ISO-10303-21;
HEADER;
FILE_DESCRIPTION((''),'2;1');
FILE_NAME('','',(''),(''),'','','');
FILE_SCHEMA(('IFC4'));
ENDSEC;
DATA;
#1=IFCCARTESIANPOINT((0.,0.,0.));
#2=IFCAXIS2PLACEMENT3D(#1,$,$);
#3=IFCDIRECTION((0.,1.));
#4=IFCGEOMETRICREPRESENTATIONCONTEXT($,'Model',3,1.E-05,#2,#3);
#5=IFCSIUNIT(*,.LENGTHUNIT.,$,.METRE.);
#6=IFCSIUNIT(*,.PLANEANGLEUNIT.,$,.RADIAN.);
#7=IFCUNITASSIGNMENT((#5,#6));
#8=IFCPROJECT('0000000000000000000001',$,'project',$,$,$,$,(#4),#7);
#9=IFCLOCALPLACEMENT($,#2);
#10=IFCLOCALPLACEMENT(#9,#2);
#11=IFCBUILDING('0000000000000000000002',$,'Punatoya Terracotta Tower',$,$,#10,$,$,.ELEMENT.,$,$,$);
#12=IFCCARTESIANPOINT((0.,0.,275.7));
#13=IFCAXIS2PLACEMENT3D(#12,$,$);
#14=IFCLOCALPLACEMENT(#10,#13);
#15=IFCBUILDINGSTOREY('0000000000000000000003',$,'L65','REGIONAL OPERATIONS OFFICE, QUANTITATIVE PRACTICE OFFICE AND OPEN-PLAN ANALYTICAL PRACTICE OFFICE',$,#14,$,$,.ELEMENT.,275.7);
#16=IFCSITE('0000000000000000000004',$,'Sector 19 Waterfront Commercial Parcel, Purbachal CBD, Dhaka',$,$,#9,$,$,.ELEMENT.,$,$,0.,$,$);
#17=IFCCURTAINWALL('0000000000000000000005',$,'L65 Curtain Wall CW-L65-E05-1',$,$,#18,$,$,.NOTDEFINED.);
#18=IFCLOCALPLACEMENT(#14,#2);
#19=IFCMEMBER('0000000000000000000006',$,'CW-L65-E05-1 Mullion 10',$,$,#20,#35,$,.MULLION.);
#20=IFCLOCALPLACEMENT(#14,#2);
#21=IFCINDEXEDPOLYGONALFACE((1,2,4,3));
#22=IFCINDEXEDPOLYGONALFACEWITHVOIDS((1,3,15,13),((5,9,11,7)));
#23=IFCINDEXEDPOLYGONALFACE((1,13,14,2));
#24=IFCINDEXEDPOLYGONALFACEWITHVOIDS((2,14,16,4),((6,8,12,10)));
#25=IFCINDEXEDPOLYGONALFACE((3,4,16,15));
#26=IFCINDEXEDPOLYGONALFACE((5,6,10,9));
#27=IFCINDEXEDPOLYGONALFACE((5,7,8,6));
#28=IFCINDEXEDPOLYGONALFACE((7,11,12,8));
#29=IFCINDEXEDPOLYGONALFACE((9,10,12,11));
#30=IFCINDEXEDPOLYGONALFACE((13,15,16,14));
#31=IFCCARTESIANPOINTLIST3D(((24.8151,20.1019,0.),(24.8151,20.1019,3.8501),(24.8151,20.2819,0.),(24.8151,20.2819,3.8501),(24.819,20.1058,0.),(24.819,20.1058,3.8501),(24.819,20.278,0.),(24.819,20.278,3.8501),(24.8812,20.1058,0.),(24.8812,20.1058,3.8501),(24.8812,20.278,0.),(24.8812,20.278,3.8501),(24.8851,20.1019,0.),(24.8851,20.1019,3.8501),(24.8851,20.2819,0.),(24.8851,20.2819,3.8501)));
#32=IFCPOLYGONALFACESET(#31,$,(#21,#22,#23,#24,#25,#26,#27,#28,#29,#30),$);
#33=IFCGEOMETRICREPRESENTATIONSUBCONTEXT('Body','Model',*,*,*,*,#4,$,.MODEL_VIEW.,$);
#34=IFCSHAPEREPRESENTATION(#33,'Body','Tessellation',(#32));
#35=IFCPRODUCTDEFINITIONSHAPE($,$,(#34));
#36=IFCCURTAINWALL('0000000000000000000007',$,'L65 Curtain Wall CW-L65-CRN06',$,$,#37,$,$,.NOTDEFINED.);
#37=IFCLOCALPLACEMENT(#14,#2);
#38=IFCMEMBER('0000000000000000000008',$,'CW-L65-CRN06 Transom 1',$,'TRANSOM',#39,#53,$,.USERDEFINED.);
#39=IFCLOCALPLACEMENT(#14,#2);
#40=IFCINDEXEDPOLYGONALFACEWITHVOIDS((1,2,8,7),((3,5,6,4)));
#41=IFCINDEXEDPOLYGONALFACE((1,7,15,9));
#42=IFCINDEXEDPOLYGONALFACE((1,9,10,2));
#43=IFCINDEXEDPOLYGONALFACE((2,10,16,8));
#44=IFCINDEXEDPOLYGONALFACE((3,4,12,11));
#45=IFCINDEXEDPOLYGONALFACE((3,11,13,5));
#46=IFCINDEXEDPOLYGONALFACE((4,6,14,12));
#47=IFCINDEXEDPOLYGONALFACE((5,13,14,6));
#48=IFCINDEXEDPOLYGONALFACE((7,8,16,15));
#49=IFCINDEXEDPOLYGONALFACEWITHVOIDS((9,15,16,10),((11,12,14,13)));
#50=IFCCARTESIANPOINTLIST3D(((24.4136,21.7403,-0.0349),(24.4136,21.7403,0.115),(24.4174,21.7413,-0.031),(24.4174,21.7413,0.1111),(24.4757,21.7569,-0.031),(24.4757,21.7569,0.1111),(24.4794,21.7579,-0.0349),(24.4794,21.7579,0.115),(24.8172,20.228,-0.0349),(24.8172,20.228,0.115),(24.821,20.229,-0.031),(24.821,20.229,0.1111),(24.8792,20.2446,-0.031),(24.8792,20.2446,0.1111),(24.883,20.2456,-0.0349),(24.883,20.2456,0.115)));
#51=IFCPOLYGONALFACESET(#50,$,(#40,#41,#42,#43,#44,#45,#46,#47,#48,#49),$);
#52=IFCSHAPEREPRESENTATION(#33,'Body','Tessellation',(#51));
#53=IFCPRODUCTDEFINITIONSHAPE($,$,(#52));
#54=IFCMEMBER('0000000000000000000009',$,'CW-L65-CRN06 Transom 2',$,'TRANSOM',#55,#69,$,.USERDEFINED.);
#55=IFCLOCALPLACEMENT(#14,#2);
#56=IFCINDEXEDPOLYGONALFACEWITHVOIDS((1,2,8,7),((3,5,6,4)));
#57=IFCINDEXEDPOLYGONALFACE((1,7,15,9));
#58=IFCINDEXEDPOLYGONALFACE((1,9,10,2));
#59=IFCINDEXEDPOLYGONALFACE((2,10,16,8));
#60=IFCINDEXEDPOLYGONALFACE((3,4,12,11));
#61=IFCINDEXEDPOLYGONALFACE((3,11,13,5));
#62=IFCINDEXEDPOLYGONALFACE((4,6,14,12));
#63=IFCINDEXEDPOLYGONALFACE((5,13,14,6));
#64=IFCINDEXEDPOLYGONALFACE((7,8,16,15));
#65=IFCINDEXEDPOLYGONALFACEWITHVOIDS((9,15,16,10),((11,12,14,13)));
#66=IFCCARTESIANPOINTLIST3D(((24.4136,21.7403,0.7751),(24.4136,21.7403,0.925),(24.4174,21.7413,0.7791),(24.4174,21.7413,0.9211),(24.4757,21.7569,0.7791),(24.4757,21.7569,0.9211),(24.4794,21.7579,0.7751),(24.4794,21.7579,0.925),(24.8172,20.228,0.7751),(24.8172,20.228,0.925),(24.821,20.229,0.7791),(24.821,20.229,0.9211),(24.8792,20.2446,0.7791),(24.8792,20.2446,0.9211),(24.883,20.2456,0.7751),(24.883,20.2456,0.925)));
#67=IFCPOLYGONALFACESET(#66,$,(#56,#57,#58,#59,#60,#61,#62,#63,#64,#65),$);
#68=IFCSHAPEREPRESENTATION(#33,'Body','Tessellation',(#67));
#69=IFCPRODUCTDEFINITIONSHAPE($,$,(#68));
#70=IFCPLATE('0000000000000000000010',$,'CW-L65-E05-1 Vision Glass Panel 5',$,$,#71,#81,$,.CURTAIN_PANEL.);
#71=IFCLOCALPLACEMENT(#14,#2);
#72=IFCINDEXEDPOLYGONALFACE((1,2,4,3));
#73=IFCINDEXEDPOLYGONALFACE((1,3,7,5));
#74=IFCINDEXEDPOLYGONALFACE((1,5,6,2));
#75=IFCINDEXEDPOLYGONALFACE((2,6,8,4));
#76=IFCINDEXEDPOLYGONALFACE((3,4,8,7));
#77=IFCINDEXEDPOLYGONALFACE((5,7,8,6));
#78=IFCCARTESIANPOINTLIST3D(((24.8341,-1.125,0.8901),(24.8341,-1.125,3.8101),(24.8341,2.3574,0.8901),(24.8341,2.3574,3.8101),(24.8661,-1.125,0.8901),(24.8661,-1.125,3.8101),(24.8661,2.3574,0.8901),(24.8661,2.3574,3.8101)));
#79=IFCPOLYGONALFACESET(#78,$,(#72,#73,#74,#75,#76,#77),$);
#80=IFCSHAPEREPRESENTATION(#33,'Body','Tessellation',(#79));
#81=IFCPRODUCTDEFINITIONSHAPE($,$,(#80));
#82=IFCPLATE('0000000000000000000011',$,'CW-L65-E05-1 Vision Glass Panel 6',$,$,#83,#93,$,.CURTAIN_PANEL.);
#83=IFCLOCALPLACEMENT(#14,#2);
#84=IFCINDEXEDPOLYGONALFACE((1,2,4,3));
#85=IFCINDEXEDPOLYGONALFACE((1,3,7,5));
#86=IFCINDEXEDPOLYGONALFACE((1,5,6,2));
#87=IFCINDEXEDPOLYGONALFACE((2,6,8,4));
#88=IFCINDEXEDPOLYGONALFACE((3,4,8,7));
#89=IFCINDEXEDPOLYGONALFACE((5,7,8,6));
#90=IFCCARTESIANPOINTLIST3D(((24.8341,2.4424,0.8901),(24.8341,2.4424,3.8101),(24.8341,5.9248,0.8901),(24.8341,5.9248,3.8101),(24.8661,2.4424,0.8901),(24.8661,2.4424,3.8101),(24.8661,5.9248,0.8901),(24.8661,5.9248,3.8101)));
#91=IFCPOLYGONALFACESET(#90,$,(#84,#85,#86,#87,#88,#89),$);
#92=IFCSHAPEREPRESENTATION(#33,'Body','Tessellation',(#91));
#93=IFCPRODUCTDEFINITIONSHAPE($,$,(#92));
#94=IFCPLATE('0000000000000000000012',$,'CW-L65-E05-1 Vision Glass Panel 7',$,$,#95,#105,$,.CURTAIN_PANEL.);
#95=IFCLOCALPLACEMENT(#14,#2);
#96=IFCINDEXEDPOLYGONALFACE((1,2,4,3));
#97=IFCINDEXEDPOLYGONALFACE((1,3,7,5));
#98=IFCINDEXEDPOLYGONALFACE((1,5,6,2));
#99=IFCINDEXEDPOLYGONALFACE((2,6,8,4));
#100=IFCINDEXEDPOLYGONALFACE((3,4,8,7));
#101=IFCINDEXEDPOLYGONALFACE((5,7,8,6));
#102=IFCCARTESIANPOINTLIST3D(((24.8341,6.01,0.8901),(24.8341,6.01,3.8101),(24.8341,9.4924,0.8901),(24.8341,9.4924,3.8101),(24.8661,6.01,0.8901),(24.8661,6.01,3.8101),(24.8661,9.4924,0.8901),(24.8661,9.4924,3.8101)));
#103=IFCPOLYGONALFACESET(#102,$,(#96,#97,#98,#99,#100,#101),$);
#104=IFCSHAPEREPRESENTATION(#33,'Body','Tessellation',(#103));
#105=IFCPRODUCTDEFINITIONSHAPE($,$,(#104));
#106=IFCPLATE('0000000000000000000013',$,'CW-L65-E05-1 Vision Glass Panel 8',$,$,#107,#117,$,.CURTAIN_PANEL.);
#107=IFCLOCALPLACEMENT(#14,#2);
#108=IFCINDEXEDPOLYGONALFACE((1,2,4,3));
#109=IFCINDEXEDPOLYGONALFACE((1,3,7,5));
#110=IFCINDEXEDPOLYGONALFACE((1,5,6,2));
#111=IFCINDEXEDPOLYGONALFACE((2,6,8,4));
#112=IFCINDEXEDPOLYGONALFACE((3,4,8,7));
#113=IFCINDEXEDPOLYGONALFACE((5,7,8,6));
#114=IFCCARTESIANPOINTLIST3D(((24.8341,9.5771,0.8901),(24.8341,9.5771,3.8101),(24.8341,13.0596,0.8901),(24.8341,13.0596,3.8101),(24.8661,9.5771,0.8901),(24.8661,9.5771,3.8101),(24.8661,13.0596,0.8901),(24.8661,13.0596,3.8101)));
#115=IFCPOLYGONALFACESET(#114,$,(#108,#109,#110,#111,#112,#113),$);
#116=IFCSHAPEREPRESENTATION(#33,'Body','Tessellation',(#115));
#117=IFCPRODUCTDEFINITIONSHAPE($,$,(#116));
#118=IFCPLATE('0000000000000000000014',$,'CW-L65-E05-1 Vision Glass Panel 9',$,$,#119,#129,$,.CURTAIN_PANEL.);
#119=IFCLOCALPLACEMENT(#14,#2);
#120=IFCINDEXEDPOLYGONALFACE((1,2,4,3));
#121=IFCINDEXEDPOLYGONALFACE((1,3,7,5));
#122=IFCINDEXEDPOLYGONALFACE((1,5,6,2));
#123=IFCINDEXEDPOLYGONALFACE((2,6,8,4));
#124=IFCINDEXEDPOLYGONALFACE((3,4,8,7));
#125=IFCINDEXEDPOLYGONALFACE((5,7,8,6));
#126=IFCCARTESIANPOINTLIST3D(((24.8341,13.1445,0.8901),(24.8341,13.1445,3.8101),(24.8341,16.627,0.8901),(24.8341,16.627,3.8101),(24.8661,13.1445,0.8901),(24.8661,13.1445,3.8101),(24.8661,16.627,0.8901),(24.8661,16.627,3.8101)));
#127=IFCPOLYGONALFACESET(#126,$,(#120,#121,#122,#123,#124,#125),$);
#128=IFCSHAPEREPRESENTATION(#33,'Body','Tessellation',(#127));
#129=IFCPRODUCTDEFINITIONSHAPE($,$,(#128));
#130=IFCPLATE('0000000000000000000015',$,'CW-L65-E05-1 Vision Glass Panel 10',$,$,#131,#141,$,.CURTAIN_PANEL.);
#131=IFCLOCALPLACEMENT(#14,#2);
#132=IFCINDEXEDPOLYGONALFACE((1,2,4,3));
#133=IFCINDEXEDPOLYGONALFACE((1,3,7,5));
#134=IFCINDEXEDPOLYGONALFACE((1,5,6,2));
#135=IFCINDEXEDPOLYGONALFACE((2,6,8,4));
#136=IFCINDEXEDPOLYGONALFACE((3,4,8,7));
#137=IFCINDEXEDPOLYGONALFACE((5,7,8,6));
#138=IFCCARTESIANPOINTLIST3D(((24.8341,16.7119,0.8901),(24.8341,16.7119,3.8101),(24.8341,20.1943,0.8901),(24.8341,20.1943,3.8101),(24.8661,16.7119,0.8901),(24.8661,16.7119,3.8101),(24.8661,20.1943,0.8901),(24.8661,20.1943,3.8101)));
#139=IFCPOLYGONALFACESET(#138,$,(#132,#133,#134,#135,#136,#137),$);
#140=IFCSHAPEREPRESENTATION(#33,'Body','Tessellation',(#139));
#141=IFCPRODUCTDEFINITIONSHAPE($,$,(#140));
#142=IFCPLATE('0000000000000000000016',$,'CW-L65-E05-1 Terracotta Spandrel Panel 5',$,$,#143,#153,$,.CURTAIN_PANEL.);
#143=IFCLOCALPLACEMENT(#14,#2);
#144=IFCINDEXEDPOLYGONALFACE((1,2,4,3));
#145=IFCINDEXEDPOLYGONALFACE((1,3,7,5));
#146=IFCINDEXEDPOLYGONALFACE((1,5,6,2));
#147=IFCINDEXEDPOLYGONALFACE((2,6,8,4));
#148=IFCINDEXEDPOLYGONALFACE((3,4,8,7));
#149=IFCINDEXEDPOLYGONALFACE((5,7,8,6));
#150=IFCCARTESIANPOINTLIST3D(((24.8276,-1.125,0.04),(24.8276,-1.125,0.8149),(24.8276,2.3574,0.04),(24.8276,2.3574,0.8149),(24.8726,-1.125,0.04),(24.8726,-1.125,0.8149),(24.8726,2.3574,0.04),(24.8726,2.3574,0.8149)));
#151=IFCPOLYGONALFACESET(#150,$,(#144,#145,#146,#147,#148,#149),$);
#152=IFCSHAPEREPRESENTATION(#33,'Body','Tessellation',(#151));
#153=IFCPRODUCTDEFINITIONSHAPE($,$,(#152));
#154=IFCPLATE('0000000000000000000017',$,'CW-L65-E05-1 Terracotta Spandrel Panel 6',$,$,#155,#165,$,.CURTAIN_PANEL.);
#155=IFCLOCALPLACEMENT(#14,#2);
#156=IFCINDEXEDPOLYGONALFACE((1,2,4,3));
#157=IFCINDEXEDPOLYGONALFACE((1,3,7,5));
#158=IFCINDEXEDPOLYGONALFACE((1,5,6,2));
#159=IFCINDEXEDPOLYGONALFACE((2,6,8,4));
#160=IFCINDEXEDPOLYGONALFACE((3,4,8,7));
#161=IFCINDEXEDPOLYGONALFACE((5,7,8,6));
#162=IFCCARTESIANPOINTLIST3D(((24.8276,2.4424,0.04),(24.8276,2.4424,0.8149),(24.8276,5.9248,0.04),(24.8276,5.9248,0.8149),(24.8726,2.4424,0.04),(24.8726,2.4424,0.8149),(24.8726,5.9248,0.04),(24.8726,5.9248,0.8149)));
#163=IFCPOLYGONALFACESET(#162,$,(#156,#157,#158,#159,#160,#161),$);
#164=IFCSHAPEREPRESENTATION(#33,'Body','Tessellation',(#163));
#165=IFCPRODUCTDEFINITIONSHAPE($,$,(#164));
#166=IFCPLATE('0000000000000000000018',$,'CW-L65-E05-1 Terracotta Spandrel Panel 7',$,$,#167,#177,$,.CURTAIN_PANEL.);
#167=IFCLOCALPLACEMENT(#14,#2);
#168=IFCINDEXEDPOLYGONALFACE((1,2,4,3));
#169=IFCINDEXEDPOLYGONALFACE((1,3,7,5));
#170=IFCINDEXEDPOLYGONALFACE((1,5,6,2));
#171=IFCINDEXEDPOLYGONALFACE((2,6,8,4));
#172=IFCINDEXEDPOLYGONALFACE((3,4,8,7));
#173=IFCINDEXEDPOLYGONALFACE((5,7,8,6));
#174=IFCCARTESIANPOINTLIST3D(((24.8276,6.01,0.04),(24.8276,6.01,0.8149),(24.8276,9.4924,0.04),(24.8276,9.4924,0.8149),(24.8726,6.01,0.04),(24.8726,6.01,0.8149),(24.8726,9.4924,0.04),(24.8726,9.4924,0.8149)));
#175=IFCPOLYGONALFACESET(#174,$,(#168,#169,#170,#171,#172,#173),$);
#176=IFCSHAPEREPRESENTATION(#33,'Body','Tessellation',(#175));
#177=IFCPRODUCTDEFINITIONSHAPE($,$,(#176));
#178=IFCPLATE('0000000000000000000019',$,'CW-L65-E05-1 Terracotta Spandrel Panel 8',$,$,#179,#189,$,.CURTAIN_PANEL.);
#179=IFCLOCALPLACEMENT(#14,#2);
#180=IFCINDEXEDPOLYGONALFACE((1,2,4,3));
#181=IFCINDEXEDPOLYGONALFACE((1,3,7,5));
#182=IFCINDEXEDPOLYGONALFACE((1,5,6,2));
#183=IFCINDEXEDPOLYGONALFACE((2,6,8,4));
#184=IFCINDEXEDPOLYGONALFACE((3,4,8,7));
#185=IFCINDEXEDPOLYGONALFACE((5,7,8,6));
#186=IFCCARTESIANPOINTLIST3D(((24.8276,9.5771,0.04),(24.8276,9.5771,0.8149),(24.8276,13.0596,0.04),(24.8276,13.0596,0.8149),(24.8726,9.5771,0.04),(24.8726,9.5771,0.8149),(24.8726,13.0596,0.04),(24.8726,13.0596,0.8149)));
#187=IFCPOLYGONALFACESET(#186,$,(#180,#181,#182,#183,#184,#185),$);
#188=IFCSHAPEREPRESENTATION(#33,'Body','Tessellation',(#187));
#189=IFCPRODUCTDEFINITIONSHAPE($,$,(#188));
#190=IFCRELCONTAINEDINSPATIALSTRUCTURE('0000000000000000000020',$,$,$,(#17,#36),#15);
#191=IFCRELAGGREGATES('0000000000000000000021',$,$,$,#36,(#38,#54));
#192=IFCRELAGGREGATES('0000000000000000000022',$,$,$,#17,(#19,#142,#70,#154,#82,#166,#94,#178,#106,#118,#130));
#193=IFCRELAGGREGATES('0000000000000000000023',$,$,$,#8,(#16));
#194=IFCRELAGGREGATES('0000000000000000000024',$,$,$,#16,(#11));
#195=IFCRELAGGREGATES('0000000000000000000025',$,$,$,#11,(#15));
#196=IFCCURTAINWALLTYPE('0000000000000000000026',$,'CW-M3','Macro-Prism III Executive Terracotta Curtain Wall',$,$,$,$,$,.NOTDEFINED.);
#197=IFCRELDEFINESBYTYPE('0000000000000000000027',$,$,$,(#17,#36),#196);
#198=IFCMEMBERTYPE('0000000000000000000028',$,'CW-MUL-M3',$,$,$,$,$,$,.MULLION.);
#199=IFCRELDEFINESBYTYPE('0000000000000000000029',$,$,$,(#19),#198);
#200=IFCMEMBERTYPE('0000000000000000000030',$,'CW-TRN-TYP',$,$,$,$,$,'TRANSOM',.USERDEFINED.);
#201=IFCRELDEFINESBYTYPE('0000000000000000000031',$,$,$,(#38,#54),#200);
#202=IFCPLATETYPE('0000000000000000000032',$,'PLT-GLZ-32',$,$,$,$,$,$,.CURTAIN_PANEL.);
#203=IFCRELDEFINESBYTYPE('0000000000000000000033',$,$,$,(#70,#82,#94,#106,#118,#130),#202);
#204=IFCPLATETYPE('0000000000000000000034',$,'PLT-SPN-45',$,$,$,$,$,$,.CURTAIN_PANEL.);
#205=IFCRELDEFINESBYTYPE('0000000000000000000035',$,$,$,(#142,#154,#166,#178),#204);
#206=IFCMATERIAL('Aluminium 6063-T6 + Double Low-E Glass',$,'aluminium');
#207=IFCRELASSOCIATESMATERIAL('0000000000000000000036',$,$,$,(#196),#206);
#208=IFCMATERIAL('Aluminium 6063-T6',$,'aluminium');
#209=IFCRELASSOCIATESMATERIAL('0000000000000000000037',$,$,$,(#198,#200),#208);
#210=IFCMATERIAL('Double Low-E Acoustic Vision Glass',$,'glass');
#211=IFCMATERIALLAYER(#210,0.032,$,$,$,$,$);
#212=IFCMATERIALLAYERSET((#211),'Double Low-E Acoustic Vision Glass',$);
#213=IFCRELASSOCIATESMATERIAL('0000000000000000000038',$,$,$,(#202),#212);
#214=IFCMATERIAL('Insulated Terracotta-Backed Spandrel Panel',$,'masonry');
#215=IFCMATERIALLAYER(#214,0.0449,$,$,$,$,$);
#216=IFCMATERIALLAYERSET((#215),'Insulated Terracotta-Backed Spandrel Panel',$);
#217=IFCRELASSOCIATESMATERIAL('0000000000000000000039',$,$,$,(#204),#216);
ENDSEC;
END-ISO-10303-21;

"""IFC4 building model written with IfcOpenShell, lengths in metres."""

from ifc_helpers import new_model, si_unit, direction, frame, origin, origin_2d, place, context, subcontext, project, spatial, rectangle, hollow_rectangle, extrude, material, layer, layer_set, material_profile, profile_set, type_object, element, aggregate, save


model = new_model("IFC4")

# Units and contexts
model_context = context("Model", 3, precision=1e-05, world=origin(), true_north=direction((0.0, 1.0)))
body_context = subcontext(model_context, "Body", "Model", "MODEL_VIEW")
ifc_project = project(units=[si_unit("LENGTHUNIT", "METRE"), si_unit("PLANEANGLEUNIT", "RADIAN")], contexts=[model_context])

# Site, building, storey
site_placement = place(None, origin())
site = spatial("IfcSite", under=ifc_project, at=site_placement, Name="Sector 19 Waterfront Commercial Parcel, Purbachal CBD, Dhaka", CompositionType="ELEMENT", RefElevation=0.0)
building_placement = place(site_placement, origin())
building = spatial("IfcBuilding", under=site, at=building_placement, Name="Punatoya Terracotta Tower", CompositionType="ELEMENT")
storey_placement = place(building_placement, frame((0.0, 0.0, 275.7)))
storey = spatial("IfcBuildingStorey", under=building, at=storey_placement, Name="L65", Description="REGIONAL OPERATIONS OFFICE, QUANTITATIVE PRACTICE OFFICE AND OPEN-PLAN ANALYTICAL PRACTICE OFFICE", CompositionType="ELEMENT", Elevation=275.7)

# Curtain walls, members
ifc_material_1 = material(Name="Aluminium 6063-T6 + Double Low-E Glass", Category="aluminium")
curtain_wall_type = type_object("IfcCurtainWallType", Name="CW-M3", Description="Macro-Prism III Executive Terracotta Curtain Wall", PredefinedType="NOTDEFINED", material=ifc_material_1)
curtain_wall_1_placement = place(storey_placement, origin())
curtain_wall_1 = element("IfcCurtainWall", 1, at=curtain_wall_1_placement, inside=storey, type_object=curtain_wall_type, Name="L65 Curtain Wall CW-L65-E05-1", PredefinedType="NOTDEFINED")
ifc_material_2 = material(Name="Aluminium 6063-T6", Category="aluminium")
ifc_material_profile_1 = material_profile(ifc_material_2, hollow_rectangle(XDim=0.0701, YDim=0.1799, WallThickness=0.0039, at=origin_2d()))
ifc_profile_set_1 = profile_set([ifc_material_profile_1], Name="Aluminium 6063-T6")
member_type_1 = type_object("IfcMemberType", Name="CW-MUL-M3", PredefinedType="MULLION", material=ifc_profile_set_1)
member_1_placement = place(storey_placement, frame((24.8501, 20.1919, 0.0), z_axis=(0.0, 0.0, 1.0), x_axis=(1.0, 0.0, 0.0)))
member_1 = element("IfcMember", 2, at=member_1_placement, type_object=member_type_1, Name="CW-L65-E05-1 Mullion 10", PredefinedType="MULLION", context=body_context, shape_type="SweptSolid", body=[
    extrude(hollow_rectangle(XDim=0.0701, YDim=0.1799, WallThickness=0.0039, at=origin_2d()), origin(), (0.0, 0.0, 1.0), 3.8501),
])
curtain_wall_2_placement = place(storey_placement, origin())
curtain_wall_2 = element("IfcCurtainWall", 3, at=curtain_wall_2_placement, inside=storey, type_object=curtain_wall_type, Name="L65 Curtain Wall CW-L65-CRN06", PredefinedType="NOTDEFINED")
ifc_material_profile_2 = material_profile(ifc_material_2, hollow_rectangle(XDim=0.0681, YDim=0.1499, WallThickness=0.0039, at=origin_2d()))
ifc_profile_set_2 = profile_set([ifc_material_profile_2], Name="Aluminium 6063-T6")
member_type_2 = type_object("IfcMemberType", Name="CW-TRN-TYP", ElementType="TRANSOM", PredefinedType="USERDEFINED", material=ifc_profile_set_2)
member_2_placement = place(storey_placement, frame((24.8501, 20.2368, 0.04), z_axis=(-0.257847, 0.966186, 0.0), x_axis=(-0.966186, -0.257847, 0.0)))
member_2 = element("IfcMember", 4, at=member_2_placement, type_object=member_type_2, Name="CW-L65-CRN06 Transom 1", ObjectType="TRANSOM", PredefinedType="USERDEFINED", context=body_context, shape_type="SweptSolid", body=[
    extrude(hollow_rectangle(XDim=0.0681, YDim=0.1499, WallThickness=0.0039, at=origin_2d()), origin(), (0.0, 0.0, 1.0), 1.5652),
])
member_3_placement = place(storey_placement, frame((24.8501, 20.2368, 0.8501), z_axis=(-0.257847, 0.966186, 0.0), x_axis=(-0.966186, -0.257847, 0.0)))
member_3 = element("IfcMember", 5, at=member_3_placement, type_object=member_type_2, Name="CW-L65-CRN06 Transom 2", ObjectType="TRANSOM", PredefinedType="USERDEFINED", context=body_context, shape_type="SweptSolid", body=[
    extrude(hollow_rectangle(XDim=0.0681, YDim=0.1499, WallThickness=0.0039, at=origin_2d()), origin(), (0.0, 0.0, 1.0), 1.5652),
])
aggregate(curtain_wall_2, [member_2, member_3])

# Plates
ifc_material_3 = material(Name="Double Low-E Acoustic Vision Glass", Category="glass")
ifc_layer_1 = layer(ifc_material_3, 0.032)
ifc_layer_set_1 = layer_set([ifc_layer_1], Name="Double Low-E Acoustic Vision Glass")
plate_type_1 = type_object("IfcPlateType", Name="PLT-GLZ-32", PredefinedType="CURTAIN_PANEL", material=ifc_layer_set_1)
plate_1_placement = place(storey_placement, frame((24.8501, 0.6162, 0.8901), z_axis=(0.0, 0.0, 1.0), x_axis=(0.0, 1.0, 0.0)))
plate_1 = element("IfcPlate", 6, at=plate_1_placement, type_object=plate_type_1, Name="CW-L65-E05-1 Vision Glass Panel 5", PredefinedType="CURTAIN_PANEL", context=body_context, shape_type="SweptSolid", body=[
    extrude(rectangle(XDim=3.4824, YDim=0.032, at=origin_2d()), origin(), (0.0, 0.0, 1.0), 2.9199),
])
plate_2_placement = place(storey_placement, frame((24.8501, 4.1836, 0.8901), z_axis=(0.0, 0.0, 1.0), x_axis=(0.0, 1.0, 0.0)))
plate_2 = element("IfcPlate", 7, at=plate_2_placement, type_object=plate_type_1, Name="CW-L65-E05-1 Vision Glass Panel 6", PredefinedType="CURTAIN_PANEL", context=body_context, shape_type="SweptSolid", body=[
    extrude(rectangle(XDim=3.4824, YDim=0.032, at=origin_2d()), origin(), (0.0, 0.0, 1.0), 2.9199),
])
plate_3_placement = place(storey_placement, frame((24.8501, 7.7512, 0.8901), z_axis=(0.0, 0.0, 1.0), x_axis=(0.0, 1.0, 0.0)))
plate_3 = element("IfcPlate", 8, at=plate_3_placement, type_object=plate_type_1, Name="CW-L65-E05-1 Vision Glass Panel 7", PredefinedType="CURTAIN_PANEL", context=body_context, shape_type="SweptSolid", body=[
    extrude(rectangle(XDim=3.4824, YDim=0.032, at=origin_2d()), origin(), (0.0, 0.0, 1.0), 2.9199),
])
plate_4_placement = place(storey_placement, frame((24.8501, 11.3184, 0.8901), z_axis=(0.0, 0.0, 1.0), x_axis=(0.0, 1.0, 0.0)))
plate_4 = element("IfcPlate", 9, at=plate_4_placement, type_object=plate_type_1, Name="CW-L65-E05-1 Vision Glass Panel 8", PredefinedType="CURTAIN_PANEL", context=body_context, shape_type="SweptSolid", body=[
    extrude(rectangle(XDim=3.4824, YDim=0.032, at=origin_2d()), origin(), (0.0, 0.0, 1.0), 2.9199),
])
plate_5_placement = place(storey_placement, frame((24.8501, 14.8857, 0.8901), z_axis=(0.0, 0.0, 1.0), x_axis=(0.0, 1.0, 0.0)))
plate_5 = element("IfcPlate", 10, at=plate_5_placement, type_object=plate_type_1, Name="CW-L65-E05-1 Vision Glass Panel 9", PredefinedType="CURTAIN_PANEL", context=body_context, shape_type="SweptSolid", body=[
    extrude(rectangle(XDim=3.4824, YDim=0.032, at=origin_2d()), origin(), (0.0, 0.0, 1.0), 2.9199),
])
plate_6_placement = place(storey_placement, frame((24.8501, 18.4531, 0.8901), z_axis=(0.0, 0.0, 1.0), x_axis=(0.0, 1.0, 0.0)))
plate_6 = element("IfcPlate", 11, at=plate_6_placement, type_object=plate_type_1, Name="CW-L65-E05-1 Vision Glass Panel 10", PredefinedType="CURTAIN_PANEL", context=body_context, shape_type="SweptSolid", body=[
    extrude(rectangle(XDim=3.4824, YDim=0.032, at=origin_2d()), origin(), (0.0, 0.0, 1.0), 2.9199),
])
ifc_material_4 = material(Name="Insulated Terracotta-Backed Spandrel Panel", Category="masonry")
ifc_layer_2 = layer(ifc_material_4, 0.0449)
ifc_layer_set_2 = layer_set([ifc_layer_2], Name="Insulated Terracotta-Backed Spandrel Panel")
plate_type_2 = type_object("IfcPlateType", Name="PLT-SPN-45", PredefinedType="CURTAIN_PANEL", material=ifc_layer_set_2)
plate_7_placement = place(storey_placement, frame((24.8501, 0.6162, 0.04), z_axis=(0.0, 0.0, 1.0), x_axis=(0.0, 1.0, 0.0)))
plate_7 = element("IfcPlate", 12, at=plate_7_placement, type_object=plate_type_2, Name="CW-L65-E05-1 Terracotta Spandrel Panel 5", PredefinedType="CURTAIN_PANEL", context=body_context, shape_type="SweptSolid", body=[
    extrude(rectangle(XDim=3.4824, YDim=0.0449, at=origin_2d()), origin(), (0.0, 0.0, 1.0), 0.7749),
])
plate_8_placement = place(storey_placement, frame((24.8501, 4.1836, 0.04), z_axis=(0.0, 0.0, 1.0), x_axis=(0.0, 1.0, 0.0)))
plate_8 = element("IfcPlate", 13, at=plate_8_placement, type_object=plate_type_2, Name="CW-L65-E05-1 Terracotta Spandrel Panel 6", PredefinedType="CURTAIN_PANEL", context=body_context, shape_type="SweptSolid", body=[
    extrude(rectangle(XDim=3.4824, YDim=0.0449, at=origin_2d()), origin(), (0.0, 0.0, 1.0), 0.7749),
])
plate_9_placement = place(storey_placement, frame((24.8501, 7.7512, 0.04), z_axis=(0.0, 0.0, 1.0), x_axis=(0.0, 1.0, 0.0)))
plate_9 = element("IfcPlate", 14, at=plate_9_placement, type_object=plate_type_2, Name="CW-L65-E05-1 Terracotta Spandrel Panel 7", PredefinedType="CURTAIN_PANEL", context=body_context, shape_type="SweptSolid", body=[
    extrude(rectangle(XDim=3.4824, YDim=0.0449, at=origin_2d()), origin(), (0.0, 0.0, 1.0), 0.7749),
])
plate_10_placement = place(storey_placement, frame((24.8501, 11.3184, 0.04), z_axis=(0.0, 0.0, 1.0), x_axis=(0.0, 1.0, 0.0)))
plate_10 = element("IfcPlate", 15, at=plate_10_placement, type_object=plate_type_2, Name="CW-L65-E05-1 Terracotta Spandrel Panel 8", PredefinedType="CURTAIN_PANEL", context=body_context, shape_type="SweptSolid", body=[
    extrude(rectangle(XDim=3.4824, YDim=0.0449, at=origin_2d()), origin(), (0.0, 0.0, 1.0), 0.7749),
])
aggregate(curtain_wall_1, [member_1, plate_7, plate_1, plate_8, plate_2, plate_9, plate_3, plate_10, plate_4, plate_5, plate_6])

save(model, "model.ifc")
